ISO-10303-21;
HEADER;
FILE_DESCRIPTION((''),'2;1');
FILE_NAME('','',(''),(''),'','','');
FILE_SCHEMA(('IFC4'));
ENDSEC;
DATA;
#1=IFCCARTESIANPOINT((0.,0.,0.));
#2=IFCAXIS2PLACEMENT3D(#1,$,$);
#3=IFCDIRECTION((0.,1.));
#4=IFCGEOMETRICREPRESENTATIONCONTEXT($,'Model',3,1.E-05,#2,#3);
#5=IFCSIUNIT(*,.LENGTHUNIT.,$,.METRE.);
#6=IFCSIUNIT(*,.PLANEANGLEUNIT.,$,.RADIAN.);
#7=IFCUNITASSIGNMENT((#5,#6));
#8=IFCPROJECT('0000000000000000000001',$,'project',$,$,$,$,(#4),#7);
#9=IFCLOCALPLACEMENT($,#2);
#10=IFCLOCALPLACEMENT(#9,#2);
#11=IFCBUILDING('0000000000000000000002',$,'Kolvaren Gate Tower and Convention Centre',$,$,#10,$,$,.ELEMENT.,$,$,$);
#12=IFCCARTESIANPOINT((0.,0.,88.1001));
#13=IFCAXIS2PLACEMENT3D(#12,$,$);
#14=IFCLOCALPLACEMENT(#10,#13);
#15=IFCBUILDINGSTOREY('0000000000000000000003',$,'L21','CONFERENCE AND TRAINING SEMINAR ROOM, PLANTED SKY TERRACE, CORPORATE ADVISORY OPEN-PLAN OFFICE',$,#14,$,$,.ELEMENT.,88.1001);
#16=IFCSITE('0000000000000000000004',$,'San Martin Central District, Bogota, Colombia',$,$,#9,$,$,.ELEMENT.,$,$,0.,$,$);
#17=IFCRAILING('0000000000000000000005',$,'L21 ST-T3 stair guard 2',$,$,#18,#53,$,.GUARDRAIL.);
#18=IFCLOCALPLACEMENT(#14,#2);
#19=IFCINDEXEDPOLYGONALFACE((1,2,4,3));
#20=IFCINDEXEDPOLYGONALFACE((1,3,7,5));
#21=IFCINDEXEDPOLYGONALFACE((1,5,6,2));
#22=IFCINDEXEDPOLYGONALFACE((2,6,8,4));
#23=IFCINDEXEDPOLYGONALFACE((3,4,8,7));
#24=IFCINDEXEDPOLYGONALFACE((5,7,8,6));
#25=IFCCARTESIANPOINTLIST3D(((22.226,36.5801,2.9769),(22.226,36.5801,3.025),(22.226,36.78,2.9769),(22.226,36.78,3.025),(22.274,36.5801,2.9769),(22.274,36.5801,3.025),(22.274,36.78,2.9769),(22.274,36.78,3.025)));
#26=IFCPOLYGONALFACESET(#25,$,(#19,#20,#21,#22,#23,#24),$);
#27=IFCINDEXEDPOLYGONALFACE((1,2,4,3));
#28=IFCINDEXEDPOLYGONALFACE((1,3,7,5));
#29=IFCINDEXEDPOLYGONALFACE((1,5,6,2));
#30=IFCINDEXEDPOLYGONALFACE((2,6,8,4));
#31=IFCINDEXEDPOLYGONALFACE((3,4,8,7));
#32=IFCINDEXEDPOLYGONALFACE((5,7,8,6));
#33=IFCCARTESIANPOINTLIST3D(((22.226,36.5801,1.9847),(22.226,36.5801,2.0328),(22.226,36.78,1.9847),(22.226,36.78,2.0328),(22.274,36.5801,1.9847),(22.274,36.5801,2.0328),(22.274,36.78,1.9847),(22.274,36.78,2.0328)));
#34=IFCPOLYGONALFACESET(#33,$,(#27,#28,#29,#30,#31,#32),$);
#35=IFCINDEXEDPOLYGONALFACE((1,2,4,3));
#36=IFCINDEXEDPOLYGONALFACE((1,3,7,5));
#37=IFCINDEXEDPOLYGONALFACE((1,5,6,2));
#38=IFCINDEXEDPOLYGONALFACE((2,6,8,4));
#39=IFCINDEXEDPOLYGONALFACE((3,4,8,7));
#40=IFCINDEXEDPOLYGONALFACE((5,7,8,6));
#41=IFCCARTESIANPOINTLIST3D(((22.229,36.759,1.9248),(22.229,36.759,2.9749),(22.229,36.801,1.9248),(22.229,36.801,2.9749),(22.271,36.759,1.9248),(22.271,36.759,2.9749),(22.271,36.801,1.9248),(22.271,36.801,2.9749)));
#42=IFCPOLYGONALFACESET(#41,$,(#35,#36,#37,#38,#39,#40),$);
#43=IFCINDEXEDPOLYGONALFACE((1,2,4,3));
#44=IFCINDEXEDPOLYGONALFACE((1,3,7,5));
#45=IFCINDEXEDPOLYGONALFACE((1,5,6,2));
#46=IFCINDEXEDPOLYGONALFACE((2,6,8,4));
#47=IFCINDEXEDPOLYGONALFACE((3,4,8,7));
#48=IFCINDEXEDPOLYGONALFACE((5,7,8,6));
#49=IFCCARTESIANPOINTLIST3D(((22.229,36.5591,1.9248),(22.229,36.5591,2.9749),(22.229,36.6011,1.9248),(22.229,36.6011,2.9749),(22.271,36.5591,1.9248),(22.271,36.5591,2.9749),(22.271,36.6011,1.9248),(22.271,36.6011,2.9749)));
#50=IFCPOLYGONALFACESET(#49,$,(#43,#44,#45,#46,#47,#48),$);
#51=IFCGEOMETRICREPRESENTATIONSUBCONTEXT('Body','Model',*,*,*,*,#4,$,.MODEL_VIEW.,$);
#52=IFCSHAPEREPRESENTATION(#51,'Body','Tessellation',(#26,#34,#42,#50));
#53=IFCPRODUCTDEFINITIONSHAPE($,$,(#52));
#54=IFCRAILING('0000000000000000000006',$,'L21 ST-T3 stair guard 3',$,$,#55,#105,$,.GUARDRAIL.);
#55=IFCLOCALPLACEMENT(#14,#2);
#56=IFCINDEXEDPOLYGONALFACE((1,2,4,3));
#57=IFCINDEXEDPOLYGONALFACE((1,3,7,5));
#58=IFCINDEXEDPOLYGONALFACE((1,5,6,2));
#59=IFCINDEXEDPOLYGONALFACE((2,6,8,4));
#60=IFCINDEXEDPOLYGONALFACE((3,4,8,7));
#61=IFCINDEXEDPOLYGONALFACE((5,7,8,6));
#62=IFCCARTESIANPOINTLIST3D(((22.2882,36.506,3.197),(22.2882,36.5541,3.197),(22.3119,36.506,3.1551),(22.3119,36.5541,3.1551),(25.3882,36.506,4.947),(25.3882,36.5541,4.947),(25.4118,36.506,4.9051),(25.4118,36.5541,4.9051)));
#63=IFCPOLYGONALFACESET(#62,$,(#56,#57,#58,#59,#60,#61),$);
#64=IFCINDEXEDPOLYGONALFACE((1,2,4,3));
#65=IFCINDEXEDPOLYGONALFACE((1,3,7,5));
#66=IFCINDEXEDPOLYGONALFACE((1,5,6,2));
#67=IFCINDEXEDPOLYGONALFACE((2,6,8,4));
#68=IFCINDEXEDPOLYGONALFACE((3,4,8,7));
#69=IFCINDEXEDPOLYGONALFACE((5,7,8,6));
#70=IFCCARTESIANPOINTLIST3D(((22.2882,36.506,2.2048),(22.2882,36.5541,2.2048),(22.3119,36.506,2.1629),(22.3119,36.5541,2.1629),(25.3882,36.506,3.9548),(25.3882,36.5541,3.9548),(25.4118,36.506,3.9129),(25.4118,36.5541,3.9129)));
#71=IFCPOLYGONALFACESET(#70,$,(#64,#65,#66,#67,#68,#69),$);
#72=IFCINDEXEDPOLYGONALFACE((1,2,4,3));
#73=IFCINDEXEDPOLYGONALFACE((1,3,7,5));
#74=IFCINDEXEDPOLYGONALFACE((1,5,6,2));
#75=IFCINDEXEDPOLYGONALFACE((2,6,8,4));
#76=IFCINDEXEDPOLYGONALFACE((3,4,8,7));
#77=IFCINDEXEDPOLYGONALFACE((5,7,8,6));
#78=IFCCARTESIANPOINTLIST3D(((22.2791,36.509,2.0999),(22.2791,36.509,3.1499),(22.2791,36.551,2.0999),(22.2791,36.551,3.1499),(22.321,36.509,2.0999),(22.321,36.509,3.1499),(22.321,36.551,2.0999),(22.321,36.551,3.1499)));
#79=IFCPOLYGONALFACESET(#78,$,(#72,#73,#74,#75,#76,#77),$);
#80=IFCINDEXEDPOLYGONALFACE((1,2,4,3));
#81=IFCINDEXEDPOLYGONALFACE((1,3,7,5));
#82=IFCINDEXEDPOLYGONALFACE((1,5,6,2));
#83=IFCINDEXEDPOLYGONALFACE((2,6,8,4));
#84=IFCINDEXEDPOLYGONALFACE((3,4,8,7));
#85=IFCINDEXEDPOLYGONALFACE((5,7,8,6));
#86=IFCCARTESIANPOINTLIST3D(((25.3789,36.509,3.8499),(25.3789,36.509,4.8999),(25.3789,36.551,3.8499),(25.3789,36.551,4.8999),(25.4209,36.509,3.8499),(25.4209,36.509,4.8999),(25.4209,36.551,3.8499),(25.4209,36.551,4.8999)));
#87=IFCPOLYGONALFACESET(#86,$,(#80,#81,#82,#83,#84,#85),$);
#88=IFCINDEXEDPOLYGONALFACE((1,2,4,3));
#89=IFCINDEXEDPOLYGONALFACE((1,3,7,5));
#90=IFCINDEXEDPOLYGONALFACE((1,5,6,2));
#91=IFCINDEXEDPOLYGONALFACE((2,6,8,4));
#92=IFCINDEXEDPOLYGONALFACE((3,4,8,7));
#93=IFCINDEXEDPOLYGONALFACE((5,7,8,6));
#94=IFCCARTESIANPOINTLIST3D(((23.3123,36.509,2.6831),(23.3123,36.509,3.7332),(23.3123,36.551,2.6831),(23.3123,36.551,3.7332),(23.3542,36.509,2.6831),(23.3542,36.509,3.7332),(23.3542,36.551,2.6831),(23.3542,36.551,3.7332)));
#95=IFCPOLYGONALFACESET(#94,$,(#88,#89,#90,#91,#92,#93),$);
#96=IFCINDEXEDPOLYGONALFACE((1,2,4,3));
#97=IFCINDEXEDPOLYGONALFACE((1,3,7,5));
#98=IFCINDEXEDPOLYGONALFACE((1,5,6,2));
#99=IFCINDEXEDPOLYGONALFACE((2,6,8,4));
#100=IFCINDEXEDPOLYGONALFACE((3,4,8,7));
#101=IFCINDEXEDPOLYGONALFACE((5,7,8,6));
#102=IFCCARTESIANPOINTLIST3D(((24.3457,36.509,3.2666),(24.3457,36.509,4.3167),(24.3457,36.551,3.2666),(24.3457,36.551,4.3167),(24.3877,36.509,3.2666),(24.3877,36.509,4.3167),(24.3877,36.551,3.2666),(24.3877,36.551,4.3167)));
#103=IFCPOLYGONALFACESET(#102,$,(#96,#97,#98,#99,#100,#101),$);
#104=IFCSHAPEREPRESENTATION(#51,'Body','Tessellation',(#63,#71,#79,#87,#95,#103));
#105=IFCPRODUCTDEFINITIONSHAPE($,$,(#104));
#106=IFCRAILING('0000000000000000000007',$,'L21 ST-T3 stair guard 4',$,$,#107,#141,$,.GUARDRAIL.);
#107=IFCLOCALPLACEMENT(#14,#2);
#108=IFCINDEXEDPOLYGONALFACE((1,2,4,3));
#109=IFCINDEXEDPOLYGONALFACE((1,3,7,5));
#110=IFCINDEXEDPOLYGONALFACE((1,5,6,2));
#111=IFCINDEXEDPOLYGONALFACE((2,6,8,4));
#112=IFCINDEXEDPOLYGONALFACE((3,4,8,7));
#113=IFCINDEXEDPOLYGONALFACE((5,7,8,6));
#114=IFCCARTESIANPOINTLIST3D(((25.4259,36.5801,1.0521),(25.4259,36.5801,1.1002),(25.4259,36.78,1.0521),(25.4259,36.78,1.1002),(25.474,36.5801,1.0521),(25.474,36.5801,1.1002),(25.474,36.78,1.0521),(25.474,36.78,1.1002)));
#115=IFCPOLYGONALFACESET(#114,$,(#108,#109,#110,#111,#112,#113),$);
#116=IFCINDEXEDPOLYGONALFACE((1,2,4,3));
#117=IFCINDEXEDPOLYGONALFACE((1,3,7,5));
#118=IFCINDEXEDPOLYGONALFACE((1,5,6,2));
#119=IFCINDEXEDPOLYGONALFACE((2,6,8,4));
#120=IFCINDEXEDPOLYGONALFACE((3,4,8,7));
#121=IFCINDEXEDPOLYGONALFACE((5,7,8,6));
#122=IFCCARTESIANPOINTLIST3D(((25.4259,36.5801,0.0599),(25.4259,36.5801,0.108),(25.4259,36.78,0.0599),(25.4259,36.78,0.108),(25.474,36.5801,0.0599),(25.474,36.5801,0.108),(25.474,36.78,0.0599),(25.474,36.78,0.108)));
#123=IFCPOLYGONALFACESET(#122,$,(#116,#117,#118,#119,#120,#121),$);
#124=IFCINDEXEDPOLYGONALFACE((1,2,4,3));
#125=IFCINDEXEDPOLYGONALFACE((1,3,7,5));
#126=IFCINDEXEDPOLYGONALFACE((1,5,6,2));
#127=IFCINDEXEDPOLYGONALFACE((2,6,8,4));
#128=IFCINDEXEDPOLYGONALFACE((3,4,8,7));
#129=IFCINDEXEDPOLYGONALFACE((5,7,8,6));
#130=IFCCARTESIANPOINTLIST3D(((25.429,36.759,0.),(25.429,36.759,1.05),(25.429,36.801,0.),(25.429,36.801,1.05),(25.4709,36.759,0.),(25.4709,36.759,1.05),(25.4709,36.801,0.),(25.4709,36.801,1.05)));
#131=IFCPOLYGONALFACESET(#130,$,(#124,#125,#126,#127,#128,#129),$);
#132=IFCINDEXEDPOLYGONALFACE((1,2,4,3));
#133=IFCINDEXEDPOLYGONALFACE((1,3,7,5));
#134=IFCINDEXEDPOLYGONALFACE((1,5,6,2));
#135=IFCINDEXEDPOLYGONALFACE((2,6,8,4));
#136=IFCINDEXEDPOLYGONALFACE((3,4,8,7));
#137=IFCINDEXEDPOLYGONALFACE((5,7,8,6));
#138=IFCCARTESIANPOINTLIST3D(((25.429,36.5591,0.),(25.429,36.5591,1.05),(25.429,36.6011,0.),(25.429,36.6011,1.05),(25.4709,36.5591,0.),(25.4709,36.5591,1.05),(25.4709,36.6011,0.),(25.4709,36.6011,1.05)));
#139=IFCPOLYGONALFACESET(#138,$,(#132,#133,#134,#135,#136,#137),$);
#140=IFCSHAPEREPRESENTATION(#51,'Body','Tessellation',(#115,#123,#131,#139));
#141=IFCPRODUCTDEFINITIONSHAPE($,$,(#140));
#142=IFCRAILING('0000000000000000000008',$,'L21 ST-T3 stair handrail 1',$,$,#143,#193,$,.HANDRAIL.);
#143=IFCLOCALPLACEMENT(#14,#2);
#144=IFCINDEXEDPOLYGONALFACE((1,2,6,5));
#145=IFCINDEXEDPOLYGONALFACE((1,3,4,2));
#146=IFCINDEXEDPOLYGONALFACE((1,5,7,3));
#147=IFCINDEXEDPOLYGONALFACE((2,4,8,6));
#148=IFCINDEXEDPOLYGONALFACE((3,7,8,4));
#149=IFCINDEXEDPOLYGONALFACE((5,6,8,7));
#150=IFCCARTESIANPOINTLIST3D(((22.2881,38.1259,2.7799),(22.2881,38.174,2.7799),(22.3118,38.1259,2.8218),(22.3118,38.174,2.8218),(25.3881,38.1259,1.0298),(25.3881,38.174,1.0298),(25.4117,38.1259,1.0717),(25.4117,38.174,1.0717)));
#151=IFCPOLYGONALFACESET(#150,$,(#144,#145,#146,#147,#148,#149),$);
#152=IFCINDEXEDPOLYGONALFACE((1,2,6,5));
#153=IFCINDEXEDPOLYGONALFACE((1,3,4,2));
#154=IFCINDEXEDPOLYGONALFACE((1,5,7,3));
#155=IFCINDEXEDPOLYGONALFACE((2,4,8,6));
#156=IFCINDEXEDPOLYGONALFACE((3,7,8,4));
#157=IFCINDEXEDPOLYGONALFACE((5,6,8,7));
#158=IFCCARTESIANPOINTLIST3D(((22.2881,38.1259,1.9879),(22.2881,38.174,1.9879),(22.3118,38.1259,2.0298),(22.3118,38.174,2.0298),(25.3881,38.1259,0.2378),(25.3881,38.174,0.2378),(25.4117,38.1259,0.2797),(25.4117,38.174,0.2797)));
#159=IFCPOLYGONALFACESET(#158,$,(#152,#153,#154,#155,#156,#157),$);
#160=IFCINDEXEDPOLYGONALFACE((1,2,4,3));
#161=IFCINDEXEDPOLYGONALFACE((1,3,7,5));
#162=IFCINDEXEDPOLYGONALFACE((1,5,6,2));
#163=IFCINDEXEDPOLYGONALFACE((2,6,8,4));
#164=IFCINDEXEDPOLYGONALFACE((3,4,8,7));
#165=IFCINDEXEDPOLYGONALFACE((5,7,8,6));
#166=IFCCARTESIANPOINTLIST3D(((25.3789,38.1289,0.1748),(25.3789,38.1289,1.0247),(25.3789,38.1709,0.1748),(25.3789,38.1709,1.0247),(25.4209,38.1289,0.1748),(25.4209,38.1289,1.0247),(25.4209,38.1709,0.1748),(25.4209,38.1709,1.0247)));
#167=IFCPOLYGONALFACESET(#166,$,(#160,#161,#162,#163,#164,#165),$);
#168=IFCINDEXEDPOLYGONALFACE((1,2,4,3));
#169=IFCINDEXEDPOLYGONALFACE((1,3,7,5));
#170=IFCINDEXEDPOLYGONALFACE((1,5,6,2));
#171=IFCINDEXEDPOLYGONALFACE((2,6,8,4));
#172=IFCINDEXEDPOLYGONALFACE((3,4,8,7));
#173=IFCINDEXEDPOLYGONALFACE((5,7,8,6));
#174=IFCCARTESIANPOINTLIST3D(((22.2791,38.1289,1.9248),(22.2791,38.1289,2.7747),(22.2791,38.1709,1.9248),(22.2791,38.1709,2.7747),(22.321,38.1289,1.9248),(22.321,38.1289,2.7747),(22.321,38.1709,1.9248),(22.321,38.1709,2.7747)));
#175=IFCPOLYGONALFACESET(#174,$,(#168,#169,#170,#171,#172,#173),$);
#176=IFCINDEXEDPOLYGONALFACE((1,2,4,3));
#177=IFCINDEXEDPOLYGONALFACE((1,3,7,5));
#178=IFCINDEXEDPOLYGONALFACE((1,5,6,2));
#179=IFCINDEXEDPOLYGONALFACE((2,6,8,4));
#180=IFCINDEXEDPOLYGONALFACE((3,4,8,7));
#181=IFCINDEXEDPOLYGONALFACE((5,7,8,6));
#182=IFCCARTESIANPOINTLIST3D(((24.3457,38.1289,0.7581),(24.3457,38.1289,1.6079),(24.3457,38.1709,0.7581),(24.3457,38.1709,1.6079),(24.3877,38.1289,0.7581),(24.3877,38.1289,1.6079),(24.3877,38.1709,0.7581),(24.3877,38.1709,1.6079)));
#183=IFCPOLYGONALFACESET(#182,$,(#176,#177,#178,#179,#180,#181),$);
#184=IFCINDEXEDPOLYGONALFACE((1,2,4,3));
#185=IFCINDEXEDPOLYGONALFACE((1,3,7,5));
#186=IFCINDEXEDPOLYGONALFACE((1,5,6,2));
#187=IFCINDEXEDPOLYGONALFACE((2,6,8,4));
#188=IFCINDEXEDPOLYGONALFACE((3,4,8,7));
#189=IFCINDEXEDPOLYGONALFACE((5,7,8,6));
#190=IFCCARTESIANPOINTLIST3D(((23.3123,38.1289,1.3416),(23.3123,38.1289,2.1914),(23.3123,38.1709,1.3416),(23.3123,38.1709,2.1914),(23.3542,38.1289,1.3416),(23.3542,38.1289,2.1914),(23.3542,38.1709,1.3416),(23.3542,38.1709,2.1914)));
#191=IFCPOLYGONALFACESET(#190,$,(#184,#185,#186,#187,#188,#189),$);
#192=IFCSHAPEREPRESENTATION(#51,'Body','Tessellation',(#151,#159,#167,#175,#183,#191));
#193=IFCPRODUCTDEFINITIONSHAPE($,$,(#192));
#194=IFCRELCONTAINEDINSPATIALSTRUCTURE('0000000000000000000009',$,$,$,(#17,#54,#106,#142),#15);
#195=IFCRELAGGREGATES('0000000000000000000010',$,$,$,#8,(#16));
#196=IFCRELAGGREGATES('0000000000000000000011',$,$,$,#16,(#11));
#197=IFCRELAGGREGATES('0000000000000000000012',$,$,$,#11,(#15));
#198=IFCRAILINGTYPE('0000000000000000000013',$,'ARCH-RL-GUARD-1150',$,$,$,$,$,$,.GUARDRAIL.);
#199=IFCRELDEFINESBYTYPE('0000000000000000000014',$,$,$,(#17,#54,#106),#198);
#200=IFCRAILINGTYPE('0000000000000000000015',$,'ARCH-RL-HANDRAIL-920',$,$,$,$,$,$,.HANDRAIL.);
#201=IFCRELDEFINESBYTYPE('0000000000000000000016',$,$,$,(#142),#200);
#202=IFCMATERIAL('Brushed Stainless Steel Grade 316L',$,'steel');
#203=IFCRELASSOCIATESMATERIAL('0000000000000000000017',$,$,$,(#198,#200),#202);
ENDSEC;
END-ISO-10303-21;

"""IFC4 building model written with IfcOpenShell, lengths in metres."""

from ifc_helpers import new_model, si_unit, direction, frame, origin, origin_2d, place, context, subcontext, project, spatial, rectangle, extrude, material, type_object, element, save


model = new_model("IFC4")

# Units and contexts
model_context = context("Model", 3, precision=1e-05, world=origin(), true_north=direction((0.0, 1.0)))
body_context = subcontext(model_context, "Body", "Model", "MODEL_VIEW")
ifc_project = project(units=[si_unit("LENGTHUNIT", "METRE"), si_unit("PLANEANGLEUNIT", "RADIAN")], contexts=[model_context])

# Site, building, storey
site_placement = place(None, origin())
site = spatial("IfcSite", under=ifc_project, at=site_placement, Name="San Martin Central District, Bogota, Colombia", CompositionType="ELEMENT", RefElevation=0.0)
building_placement = place(site_placement, origin())
building = spatial("IfcBuilding", under=site, at=building_placement, Name="Kolvaren Gate Tower and Convention Centre", CompositionType="ELEMENT")
storey_placement = place(building_placement, frame((0.0, 0.0, 88.1001)))
storey = spatial("IfcBuildingStorey", under=building, at=storey_placement, Name="L21", Description="CONFERENCE AND TRAINING SEMINAR ROOM, PLANTED SKY TERRACE, CORPORATE ADVISORY OPEN-PLAN OFFICE", CompositionType="ELEMENT", Elevation=88.1001)

# Railings
ifc_material_1 = material(Name="Brushed Stainless Steel Grade 316L", Category="steel")
railing_type_1 = type_object("IfcRailingType", Name="ARCH-RL-GUARD-1150", PredefinedType="GUARDRAIL", material=ifc_material_1)
railing_1_placement = place(storey_placement, frame((22.25, 36.78, 1.9248)))
element("IfcRailing", 1, at=railing_1_placement, inside=storey, type_object=railing_type_1, Name="L21 ST-T3 stair guard 2", PredefinedType="GUARDRAIL", context=body_context, shape_type="SweptSolid", body=[
    extrude(rectangle(XDim=0.0481, YDim=0.0481, at=origin_2d()), frame((0.0, 0.0, 1.0762), z_axis=(0.0, -1.0, 0.0), x_axis=(1.0, 0.0, 0.0)), (0.0, 0.0, 1.0), 0.2),
    extrude(rectangle(XDim=0.0481, YDim=0.0481, at=origin_2d()), frame((0.0, 0.0, 0.084), z_axis=(0.0, -1.0, 0.0), x_axis=(1.0, 0.0, 0.0)), (0.0, 0.0, 1.0), 0.2),
    extrude(rectangle(XDim=0.042, YDim=0.042, at=origin_2d()), origin(), (0.0, 0.0, 1.0), 1.05),
    extrude(rectangle(XDim=0.042, YDim=0.042, at=origin_2d()), frame((0.0, -0.2, 0.0)), (0.0, 0.0, 1.0), 1.05),
])
railing_2_placement = place(storey_placement, frame((22.3, 36.53, 2.0999)))
element("IfcRailing", 2, at=railing_2_placement, inside=storey, type_object=railing_type_1, Name="L21 ST-T3 stair guard 3", PredefinedType="GUARDRAIL", context=body_context, shape_type="SweptSolid", body=[
    extrude(rectangle(XDim=0.0481, YDim=0.0481, at=origin_2d()), frame((0.0, 0.0, 1.0762), z_axis=(0.870814, 0.0, 0.491612), x_axis=(0.0, 1.0, 0.0)), (0.0, 0.0, 1.0), 3.5598),
    extrude(rectangle(XDim=0.0481, YDim=0.0481, at=origin_2d()), frame((0.0, 0.0, 0.084), z_axis=(0.870814, 0.0, 0.491612), x_axis=(0.0, 1.0, 0.0)), (0.0, 0.0, 1.0), 3.5598),
    extrude(rectangle(XDim=0.042, YDim=0.042, at=origin_2d()), origin(), (0.0, 0.0, 1.0), 1.05),
    extrude(rectangle(XDim=0.042, YDim=0.042, at=origin_2d()), frame((3.0999, 0.0, 1.75)), (0.0, 0.0, 1.0), 1.05),
    extrude(rectangle(XDim=0.042, YDim=0.042, at=origin_2d()), frame((1.0332, 0.0, 0.5833)), (0.0, 0.0, 1.0), 1.05),
    extrude(rectangle(XDim=0.042, YDim=0.042, at=origin_2d()), frame((2.0667, 0.0, 1.1667)), (0.0, 0.0, 1.0), 1.05),
])
railing_3_placement = place(storey_placement, frame((25.45, 36.78, 0.0)))
element("IfcRailing", 3, at=railing_3_placement, inside=storey, type_object=railing_type_1, Name="L21 ST-T3 stair guard 4", PredefinedType="GUARDRAIL", context=body_context, shape_type="SweptSolid", body=[
    extrude(rectangle(XDim=0.0481, YDim=0.0481, at=origin_2d()), frame((0.0, 0.0, 1.0762), z_axis=(0.0, -1.0, 0.0), x_axis=(1.0, 0.0, 0.0)), (0.0, 0.0, 1.0), 0.2),
    extrude(rectangle(XDim=0.0481, YDim=0.0481, at=origin_2d()), frame((0.0, 0.0, 0.084), z_axis=(0.0, -1.0, 0.0), x_axis=(1.0, 0.0, 0.0)), (0.0, 0.0, 1.0), 0.2),
    extrude(rectangle(XDim=0.042, YDim=0.042, at=origin_2d()), origin(), (0.0, 0.0, 1.0), 1.05),
    extrude(rectangle(XDim=0.042, YDim=0.042, at=origin_2d()), frame((0.0, -0.2, 0.0)), (0.0, 0.0, 1.0), 1.05),
])
railing_type_2 = type_object("IfcRailingType", Name="ARCH-RL-HANDRAIL-920", PredefinedType="HANDRAIL", material=ifc_material_1)
railing_4_placement = place(storey_placement, frame((25.3999, 38.1499, 0.1748)))
element("IfcRailing", 4, at=railing_4_placement, inside=storey, type_object=railing_type_2, Name="L21 ST-T3 stair handrail 1", PredefinedType="HANDRAIL", context=body_context, shape_type="SweptSolid", body=[
    extrude(rectangle(XDim=0.0481, YDim=0.0481, at=origin_2d()), frame((0.0, 0.0, 0.876), z_axis=(-0.870814, 0.0, 0.491612), x_axis=(0.0, -1.0, 0.0)), (0.0, 0.0, 1.0), 3.5598),
    extrude(rectangle(XDim=0.0481, YDim=0.0481, at=origin_2d()), frame((0.0, 0.0, 0.084), z_axis=(-0.870814, 0.0, 0.491612), x_axis=(0.0, -1.0, 0.0)), (0.0, 0.0, 1.0), 3.5598),
    extrude(rectangle(XDim=0.042, YDim=0.042, at=origin_2d()), origin(), (0.0, 0.0, 1.0), 0.8499),
    extrude(rectangle(XDim=0.042, YDim=0.042, at=origin_2d()), frame((-3.0999, 0.0, 1.75)), (0.0, 0.0, 1.0), 0.8499),
    extrude(rectangle(XDim=0.042, YDim=0.042, at=origin_2d()), frame((-1.0332, 0.0, 0.5833)), (0.0, 0.0, 1.0), 0.8499),
    extrude(rectangle(XDim=0.042, YDim=0.042, at=origin_2d()), frame((-2.0667, 0.0, 1.1667)), (0.0, 0.0, 1.0), 0.8499),
])

save(model, "model.ifc")
